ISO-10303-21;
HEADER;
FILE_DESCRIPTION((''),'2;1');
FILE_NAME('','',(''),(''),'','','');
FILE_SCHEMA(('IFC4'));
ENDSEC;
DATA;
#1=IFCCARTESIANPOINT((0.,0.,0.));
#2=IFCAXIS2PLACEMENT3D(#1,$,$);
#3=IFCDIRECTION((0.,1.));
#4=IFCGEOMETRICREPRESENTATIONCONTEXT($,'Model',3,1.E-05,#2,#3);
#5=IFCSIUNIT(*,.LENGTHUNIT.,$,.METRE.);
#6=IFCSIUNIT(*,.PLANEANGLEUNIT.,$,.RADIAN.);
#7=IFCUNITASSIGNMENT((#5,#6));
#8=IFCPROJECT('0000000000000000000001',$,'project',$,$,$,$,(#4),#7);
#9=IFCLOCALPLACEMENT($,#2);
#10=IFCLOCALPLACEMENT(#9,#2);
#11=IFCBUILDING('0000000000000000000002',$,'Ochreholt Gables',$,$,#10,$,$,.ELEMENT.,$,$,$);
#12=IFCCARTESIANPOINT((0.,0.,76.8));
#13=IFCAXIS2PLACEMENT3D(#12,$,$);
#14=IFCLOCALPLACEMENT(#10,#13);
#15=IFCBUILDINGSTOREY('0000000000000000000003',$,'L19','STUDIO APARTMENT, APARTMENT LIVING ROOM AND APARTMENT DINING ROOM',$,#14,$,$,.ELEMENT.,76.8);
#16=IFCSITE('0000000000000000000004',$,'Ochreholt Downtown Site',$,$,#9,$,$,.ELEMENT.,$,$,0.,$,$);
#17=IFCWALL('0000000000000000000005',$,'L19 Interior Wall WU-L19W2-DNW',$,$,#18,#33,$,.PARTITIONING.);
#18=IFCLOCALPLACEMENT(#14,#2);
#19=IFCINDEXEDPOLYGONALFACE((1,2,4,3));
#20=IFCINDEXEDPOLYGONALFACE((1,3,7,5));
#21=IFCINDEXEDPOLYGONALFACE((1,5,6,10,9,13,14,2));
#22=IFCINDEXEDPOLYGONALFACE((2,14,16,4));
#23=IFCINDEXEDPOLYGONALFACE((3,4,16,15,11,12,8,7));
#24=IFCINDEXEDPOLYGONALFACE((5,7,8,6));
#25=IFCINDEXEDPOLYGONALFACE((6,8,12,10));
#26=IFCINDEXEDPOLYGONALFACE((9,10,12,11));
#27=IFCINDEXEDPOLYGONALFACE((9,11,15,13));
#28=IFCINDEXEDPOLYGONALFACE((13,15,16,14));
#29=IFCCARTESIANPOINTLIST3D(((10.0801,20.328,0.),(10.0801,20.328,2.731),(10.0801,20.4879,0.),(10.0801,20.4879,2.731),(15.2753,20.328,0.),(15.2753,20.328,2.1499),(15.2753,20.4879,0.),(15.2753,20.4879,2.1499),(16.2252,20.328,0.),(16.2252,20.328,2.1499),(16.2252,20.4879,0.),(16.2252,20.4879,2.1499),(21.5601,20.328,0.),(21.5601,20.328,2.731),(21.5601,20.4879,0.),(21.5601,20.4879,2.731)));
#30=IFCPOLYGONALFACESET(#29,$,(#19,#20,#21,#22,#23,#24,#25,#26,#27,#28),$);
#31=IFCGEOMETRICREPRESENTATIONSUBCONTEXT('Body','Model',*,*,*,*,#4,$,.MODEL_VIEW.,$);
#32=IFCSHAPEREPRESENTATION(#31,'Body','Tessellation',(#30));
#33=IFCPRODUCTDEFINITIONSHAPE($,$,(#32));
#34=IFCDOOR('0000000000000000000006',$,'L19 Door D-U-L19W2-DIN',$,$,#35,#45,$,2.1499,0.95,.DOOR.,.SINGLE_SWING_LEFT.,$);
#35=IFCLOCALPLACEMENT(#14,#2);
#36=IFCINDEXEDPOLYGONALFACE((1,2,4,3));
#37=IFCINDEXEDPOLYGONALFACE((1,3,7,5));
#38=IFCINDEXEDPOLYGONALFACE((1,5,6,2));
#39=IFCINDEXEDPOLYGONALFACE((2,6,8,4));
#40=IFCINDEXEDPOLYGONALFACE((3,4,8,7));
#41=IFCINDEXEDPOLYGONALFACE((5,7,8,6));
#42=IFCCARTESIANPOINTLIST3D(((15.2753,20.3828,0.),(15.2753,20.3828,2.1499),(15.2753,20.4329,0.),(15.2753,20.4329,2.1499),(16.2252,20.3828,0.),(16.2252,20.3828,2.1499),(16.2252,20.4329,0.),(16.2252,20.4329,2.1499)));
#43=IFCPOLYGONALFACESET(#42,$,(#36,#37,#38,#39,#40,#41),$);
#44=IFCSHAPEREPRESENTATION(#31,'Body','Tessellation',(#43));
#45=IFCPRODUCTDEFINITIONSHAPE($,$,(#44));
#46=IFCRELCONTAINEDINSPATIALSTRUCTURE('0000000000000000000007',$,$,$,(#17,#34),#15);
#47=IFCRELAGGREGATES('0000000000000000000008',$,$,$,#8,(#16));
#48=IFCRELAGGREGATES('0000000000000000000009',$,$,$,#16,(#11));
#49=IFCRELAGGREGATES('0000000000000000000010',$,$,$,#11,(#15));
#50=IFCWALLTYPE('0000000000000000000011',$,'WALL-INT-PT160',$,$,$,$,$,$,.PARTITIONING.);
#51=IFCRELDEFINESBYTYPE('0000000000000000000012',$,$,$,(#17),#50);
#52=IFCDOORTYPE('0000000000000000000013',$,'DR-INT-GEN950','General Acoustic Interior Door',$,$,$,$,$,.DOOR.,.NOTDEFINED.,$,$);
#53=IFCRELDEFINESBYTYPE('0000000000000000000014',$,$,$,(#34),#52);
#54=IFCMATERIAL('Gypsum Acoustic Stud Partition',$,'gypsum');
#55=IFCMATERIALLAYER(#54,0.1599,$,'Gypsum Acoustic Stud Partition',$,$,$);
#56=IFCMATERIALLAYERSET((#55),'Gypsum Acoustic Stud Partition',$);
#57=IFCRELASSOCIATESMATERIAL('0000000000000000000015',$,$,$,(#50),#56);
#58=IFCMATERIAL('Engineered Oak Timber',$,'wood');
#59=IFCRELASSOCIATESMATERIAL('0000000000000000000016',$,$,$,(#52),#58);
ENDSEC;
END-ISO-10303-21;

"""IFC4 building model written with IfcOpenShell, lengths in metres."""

from ifc_helpers import new_model, si_unit, direction, frame, frame_2d, origin, place, context, subcontext, project, spatial, rectangle, extrude, material, layer, layer_set, type_object, element, fill, save


model = new_model("IFC4")

# Units and contexts
model_context = context("Model", 3, precision=1e-05, world=origin(), true_north=direction((0.0, 1.0)))
body_context = subcontext(model_context, "Body", "Model", "MODEL_VIEW")
ifc_project = project(units=[si_unit("LENGTHUNIT", "METRE"), si_unit("PLANEANGLEUNIT", "RADIAN")], contexts=[model_context])

# Site, building, storey
site_placement = place(None, origin())
site = spatial("IfcSite", under=ifc_project, at=site_placement, Name="Ochreholt Downtown Site", CompositionType="ELEMENT", RefElevation=0.0)
building_placement = place(site_placement, origin())
building = spatial("IfcBuilding", under=site, at=building_placement, Name="Ochreholt Gables", CompositionType="ELEMENT")
storey_placement = place(building_placement, frame((0.0, 0.0, 76.8)))
storey = spatial("IfcBuildingStorey", under=building, at=storey_placement, Name="L19", Description="STUDIO APARTMENT, APARTMENT LIVING ROOM AND APARTMENT DINING ROOM", CompositionType="ELEMENT", Elevation=76.8)

# Shared definitions
ifc_material_1 = material(Name="Gypsum Acoustic Stud Partition", Category="gypsum")
ifc_layer_1 = layer(ifc_material_1, 0.1599, Name="Gypsum Acoustic Stud Partition")
ifc_layer_set_1 = layer_set([ifc_layer_1], Name="Gypsum Acoustic Stud Partition")
wall_type_1 = type_object("IfcWallType", Name="WALL-INT-PT160", PredefinedType="PARTITIONING", material=ifc_layer_set_1)
ifc_material_2 = material(Name="Engineered Oak Timber", Category="wood")

# Wall, opening, door
wall_1_placement = place(storey_placement, frame((10.0801, 20.408, 0.0), z_axis=(0.0, 0.0, 1.0), x_axis=(1.0, 0.0, 0.0)))
wall_1 = element("IfcWall", 1, at=wall_1_placement, inside=storey, type_object=wall_type_1, Name="L19 Interior Wall WU-L19W2-DNW", PredefinedType="PARTITIONING", context=body_context, shape_type="SweptSolid", body=[
    extrude(rectangle(XDim=11.48, YDim=0.1599, at=frame_2d((5.74, 0.0))), origin(), (0.0, 0.0, 1.0), 2.731),
])
opening_1_placement = place(wall_1_placement, frame((5.1951, 0.0, 0.0)))
opening_1 = element("IfcOpeningElement", 2, at=opening_1_placement, cuts=wall_1, PredefinedType="OPENING", context=body_context, shape_type="SweptSolid", body=[
    extrude(rectangle(XDim=0.95, YDim=2.1499, at=frame_2d((0.4751, 1.075))), frame((0.0, 0.0898, 0.0), z_axis=(0.0, -1.0, 0.0), x_axis=(1.0, 0.0, 0.0)), (0.0, 0.0, 1.0), 0.1799),
])
door_type_1 = type_object("IfcDoorType", Name="DR-INT-GEN950", Description="General Acoustic Interior Door", OperationType="NOTDEFINED", PredefinedType="DOOR", material=ifc_material_2)
door_1_placement = place(opening_1_placement, origin())
door_1 = element("IfcDoor", 3, at=door_1_placement, inside=storey, type_object=door_type_1, Name="L19 Door D-U-L19W2-DIN", OperationType="SINGLE_SWING_LEFT", OverallHeight=2.1499, OverallWidth=0.95, PredefinedType="DOOR", context=body_context, shape_type="SweptSolid", body=[
    extrude(rectangle(XDim=0.95, YDim=2.1499, at=frame_2d((0.4751, 1.075))), frame((0.0, 0.0249, 0.0), z_axis=(0.0, -1.0, 0.0), x_axis=(1.0, 0.0, 0.0)), (0.0, 0.0, 1.0), 0.05),
])
fill(opening_1, door_1)

save(model, "model.ifc")
